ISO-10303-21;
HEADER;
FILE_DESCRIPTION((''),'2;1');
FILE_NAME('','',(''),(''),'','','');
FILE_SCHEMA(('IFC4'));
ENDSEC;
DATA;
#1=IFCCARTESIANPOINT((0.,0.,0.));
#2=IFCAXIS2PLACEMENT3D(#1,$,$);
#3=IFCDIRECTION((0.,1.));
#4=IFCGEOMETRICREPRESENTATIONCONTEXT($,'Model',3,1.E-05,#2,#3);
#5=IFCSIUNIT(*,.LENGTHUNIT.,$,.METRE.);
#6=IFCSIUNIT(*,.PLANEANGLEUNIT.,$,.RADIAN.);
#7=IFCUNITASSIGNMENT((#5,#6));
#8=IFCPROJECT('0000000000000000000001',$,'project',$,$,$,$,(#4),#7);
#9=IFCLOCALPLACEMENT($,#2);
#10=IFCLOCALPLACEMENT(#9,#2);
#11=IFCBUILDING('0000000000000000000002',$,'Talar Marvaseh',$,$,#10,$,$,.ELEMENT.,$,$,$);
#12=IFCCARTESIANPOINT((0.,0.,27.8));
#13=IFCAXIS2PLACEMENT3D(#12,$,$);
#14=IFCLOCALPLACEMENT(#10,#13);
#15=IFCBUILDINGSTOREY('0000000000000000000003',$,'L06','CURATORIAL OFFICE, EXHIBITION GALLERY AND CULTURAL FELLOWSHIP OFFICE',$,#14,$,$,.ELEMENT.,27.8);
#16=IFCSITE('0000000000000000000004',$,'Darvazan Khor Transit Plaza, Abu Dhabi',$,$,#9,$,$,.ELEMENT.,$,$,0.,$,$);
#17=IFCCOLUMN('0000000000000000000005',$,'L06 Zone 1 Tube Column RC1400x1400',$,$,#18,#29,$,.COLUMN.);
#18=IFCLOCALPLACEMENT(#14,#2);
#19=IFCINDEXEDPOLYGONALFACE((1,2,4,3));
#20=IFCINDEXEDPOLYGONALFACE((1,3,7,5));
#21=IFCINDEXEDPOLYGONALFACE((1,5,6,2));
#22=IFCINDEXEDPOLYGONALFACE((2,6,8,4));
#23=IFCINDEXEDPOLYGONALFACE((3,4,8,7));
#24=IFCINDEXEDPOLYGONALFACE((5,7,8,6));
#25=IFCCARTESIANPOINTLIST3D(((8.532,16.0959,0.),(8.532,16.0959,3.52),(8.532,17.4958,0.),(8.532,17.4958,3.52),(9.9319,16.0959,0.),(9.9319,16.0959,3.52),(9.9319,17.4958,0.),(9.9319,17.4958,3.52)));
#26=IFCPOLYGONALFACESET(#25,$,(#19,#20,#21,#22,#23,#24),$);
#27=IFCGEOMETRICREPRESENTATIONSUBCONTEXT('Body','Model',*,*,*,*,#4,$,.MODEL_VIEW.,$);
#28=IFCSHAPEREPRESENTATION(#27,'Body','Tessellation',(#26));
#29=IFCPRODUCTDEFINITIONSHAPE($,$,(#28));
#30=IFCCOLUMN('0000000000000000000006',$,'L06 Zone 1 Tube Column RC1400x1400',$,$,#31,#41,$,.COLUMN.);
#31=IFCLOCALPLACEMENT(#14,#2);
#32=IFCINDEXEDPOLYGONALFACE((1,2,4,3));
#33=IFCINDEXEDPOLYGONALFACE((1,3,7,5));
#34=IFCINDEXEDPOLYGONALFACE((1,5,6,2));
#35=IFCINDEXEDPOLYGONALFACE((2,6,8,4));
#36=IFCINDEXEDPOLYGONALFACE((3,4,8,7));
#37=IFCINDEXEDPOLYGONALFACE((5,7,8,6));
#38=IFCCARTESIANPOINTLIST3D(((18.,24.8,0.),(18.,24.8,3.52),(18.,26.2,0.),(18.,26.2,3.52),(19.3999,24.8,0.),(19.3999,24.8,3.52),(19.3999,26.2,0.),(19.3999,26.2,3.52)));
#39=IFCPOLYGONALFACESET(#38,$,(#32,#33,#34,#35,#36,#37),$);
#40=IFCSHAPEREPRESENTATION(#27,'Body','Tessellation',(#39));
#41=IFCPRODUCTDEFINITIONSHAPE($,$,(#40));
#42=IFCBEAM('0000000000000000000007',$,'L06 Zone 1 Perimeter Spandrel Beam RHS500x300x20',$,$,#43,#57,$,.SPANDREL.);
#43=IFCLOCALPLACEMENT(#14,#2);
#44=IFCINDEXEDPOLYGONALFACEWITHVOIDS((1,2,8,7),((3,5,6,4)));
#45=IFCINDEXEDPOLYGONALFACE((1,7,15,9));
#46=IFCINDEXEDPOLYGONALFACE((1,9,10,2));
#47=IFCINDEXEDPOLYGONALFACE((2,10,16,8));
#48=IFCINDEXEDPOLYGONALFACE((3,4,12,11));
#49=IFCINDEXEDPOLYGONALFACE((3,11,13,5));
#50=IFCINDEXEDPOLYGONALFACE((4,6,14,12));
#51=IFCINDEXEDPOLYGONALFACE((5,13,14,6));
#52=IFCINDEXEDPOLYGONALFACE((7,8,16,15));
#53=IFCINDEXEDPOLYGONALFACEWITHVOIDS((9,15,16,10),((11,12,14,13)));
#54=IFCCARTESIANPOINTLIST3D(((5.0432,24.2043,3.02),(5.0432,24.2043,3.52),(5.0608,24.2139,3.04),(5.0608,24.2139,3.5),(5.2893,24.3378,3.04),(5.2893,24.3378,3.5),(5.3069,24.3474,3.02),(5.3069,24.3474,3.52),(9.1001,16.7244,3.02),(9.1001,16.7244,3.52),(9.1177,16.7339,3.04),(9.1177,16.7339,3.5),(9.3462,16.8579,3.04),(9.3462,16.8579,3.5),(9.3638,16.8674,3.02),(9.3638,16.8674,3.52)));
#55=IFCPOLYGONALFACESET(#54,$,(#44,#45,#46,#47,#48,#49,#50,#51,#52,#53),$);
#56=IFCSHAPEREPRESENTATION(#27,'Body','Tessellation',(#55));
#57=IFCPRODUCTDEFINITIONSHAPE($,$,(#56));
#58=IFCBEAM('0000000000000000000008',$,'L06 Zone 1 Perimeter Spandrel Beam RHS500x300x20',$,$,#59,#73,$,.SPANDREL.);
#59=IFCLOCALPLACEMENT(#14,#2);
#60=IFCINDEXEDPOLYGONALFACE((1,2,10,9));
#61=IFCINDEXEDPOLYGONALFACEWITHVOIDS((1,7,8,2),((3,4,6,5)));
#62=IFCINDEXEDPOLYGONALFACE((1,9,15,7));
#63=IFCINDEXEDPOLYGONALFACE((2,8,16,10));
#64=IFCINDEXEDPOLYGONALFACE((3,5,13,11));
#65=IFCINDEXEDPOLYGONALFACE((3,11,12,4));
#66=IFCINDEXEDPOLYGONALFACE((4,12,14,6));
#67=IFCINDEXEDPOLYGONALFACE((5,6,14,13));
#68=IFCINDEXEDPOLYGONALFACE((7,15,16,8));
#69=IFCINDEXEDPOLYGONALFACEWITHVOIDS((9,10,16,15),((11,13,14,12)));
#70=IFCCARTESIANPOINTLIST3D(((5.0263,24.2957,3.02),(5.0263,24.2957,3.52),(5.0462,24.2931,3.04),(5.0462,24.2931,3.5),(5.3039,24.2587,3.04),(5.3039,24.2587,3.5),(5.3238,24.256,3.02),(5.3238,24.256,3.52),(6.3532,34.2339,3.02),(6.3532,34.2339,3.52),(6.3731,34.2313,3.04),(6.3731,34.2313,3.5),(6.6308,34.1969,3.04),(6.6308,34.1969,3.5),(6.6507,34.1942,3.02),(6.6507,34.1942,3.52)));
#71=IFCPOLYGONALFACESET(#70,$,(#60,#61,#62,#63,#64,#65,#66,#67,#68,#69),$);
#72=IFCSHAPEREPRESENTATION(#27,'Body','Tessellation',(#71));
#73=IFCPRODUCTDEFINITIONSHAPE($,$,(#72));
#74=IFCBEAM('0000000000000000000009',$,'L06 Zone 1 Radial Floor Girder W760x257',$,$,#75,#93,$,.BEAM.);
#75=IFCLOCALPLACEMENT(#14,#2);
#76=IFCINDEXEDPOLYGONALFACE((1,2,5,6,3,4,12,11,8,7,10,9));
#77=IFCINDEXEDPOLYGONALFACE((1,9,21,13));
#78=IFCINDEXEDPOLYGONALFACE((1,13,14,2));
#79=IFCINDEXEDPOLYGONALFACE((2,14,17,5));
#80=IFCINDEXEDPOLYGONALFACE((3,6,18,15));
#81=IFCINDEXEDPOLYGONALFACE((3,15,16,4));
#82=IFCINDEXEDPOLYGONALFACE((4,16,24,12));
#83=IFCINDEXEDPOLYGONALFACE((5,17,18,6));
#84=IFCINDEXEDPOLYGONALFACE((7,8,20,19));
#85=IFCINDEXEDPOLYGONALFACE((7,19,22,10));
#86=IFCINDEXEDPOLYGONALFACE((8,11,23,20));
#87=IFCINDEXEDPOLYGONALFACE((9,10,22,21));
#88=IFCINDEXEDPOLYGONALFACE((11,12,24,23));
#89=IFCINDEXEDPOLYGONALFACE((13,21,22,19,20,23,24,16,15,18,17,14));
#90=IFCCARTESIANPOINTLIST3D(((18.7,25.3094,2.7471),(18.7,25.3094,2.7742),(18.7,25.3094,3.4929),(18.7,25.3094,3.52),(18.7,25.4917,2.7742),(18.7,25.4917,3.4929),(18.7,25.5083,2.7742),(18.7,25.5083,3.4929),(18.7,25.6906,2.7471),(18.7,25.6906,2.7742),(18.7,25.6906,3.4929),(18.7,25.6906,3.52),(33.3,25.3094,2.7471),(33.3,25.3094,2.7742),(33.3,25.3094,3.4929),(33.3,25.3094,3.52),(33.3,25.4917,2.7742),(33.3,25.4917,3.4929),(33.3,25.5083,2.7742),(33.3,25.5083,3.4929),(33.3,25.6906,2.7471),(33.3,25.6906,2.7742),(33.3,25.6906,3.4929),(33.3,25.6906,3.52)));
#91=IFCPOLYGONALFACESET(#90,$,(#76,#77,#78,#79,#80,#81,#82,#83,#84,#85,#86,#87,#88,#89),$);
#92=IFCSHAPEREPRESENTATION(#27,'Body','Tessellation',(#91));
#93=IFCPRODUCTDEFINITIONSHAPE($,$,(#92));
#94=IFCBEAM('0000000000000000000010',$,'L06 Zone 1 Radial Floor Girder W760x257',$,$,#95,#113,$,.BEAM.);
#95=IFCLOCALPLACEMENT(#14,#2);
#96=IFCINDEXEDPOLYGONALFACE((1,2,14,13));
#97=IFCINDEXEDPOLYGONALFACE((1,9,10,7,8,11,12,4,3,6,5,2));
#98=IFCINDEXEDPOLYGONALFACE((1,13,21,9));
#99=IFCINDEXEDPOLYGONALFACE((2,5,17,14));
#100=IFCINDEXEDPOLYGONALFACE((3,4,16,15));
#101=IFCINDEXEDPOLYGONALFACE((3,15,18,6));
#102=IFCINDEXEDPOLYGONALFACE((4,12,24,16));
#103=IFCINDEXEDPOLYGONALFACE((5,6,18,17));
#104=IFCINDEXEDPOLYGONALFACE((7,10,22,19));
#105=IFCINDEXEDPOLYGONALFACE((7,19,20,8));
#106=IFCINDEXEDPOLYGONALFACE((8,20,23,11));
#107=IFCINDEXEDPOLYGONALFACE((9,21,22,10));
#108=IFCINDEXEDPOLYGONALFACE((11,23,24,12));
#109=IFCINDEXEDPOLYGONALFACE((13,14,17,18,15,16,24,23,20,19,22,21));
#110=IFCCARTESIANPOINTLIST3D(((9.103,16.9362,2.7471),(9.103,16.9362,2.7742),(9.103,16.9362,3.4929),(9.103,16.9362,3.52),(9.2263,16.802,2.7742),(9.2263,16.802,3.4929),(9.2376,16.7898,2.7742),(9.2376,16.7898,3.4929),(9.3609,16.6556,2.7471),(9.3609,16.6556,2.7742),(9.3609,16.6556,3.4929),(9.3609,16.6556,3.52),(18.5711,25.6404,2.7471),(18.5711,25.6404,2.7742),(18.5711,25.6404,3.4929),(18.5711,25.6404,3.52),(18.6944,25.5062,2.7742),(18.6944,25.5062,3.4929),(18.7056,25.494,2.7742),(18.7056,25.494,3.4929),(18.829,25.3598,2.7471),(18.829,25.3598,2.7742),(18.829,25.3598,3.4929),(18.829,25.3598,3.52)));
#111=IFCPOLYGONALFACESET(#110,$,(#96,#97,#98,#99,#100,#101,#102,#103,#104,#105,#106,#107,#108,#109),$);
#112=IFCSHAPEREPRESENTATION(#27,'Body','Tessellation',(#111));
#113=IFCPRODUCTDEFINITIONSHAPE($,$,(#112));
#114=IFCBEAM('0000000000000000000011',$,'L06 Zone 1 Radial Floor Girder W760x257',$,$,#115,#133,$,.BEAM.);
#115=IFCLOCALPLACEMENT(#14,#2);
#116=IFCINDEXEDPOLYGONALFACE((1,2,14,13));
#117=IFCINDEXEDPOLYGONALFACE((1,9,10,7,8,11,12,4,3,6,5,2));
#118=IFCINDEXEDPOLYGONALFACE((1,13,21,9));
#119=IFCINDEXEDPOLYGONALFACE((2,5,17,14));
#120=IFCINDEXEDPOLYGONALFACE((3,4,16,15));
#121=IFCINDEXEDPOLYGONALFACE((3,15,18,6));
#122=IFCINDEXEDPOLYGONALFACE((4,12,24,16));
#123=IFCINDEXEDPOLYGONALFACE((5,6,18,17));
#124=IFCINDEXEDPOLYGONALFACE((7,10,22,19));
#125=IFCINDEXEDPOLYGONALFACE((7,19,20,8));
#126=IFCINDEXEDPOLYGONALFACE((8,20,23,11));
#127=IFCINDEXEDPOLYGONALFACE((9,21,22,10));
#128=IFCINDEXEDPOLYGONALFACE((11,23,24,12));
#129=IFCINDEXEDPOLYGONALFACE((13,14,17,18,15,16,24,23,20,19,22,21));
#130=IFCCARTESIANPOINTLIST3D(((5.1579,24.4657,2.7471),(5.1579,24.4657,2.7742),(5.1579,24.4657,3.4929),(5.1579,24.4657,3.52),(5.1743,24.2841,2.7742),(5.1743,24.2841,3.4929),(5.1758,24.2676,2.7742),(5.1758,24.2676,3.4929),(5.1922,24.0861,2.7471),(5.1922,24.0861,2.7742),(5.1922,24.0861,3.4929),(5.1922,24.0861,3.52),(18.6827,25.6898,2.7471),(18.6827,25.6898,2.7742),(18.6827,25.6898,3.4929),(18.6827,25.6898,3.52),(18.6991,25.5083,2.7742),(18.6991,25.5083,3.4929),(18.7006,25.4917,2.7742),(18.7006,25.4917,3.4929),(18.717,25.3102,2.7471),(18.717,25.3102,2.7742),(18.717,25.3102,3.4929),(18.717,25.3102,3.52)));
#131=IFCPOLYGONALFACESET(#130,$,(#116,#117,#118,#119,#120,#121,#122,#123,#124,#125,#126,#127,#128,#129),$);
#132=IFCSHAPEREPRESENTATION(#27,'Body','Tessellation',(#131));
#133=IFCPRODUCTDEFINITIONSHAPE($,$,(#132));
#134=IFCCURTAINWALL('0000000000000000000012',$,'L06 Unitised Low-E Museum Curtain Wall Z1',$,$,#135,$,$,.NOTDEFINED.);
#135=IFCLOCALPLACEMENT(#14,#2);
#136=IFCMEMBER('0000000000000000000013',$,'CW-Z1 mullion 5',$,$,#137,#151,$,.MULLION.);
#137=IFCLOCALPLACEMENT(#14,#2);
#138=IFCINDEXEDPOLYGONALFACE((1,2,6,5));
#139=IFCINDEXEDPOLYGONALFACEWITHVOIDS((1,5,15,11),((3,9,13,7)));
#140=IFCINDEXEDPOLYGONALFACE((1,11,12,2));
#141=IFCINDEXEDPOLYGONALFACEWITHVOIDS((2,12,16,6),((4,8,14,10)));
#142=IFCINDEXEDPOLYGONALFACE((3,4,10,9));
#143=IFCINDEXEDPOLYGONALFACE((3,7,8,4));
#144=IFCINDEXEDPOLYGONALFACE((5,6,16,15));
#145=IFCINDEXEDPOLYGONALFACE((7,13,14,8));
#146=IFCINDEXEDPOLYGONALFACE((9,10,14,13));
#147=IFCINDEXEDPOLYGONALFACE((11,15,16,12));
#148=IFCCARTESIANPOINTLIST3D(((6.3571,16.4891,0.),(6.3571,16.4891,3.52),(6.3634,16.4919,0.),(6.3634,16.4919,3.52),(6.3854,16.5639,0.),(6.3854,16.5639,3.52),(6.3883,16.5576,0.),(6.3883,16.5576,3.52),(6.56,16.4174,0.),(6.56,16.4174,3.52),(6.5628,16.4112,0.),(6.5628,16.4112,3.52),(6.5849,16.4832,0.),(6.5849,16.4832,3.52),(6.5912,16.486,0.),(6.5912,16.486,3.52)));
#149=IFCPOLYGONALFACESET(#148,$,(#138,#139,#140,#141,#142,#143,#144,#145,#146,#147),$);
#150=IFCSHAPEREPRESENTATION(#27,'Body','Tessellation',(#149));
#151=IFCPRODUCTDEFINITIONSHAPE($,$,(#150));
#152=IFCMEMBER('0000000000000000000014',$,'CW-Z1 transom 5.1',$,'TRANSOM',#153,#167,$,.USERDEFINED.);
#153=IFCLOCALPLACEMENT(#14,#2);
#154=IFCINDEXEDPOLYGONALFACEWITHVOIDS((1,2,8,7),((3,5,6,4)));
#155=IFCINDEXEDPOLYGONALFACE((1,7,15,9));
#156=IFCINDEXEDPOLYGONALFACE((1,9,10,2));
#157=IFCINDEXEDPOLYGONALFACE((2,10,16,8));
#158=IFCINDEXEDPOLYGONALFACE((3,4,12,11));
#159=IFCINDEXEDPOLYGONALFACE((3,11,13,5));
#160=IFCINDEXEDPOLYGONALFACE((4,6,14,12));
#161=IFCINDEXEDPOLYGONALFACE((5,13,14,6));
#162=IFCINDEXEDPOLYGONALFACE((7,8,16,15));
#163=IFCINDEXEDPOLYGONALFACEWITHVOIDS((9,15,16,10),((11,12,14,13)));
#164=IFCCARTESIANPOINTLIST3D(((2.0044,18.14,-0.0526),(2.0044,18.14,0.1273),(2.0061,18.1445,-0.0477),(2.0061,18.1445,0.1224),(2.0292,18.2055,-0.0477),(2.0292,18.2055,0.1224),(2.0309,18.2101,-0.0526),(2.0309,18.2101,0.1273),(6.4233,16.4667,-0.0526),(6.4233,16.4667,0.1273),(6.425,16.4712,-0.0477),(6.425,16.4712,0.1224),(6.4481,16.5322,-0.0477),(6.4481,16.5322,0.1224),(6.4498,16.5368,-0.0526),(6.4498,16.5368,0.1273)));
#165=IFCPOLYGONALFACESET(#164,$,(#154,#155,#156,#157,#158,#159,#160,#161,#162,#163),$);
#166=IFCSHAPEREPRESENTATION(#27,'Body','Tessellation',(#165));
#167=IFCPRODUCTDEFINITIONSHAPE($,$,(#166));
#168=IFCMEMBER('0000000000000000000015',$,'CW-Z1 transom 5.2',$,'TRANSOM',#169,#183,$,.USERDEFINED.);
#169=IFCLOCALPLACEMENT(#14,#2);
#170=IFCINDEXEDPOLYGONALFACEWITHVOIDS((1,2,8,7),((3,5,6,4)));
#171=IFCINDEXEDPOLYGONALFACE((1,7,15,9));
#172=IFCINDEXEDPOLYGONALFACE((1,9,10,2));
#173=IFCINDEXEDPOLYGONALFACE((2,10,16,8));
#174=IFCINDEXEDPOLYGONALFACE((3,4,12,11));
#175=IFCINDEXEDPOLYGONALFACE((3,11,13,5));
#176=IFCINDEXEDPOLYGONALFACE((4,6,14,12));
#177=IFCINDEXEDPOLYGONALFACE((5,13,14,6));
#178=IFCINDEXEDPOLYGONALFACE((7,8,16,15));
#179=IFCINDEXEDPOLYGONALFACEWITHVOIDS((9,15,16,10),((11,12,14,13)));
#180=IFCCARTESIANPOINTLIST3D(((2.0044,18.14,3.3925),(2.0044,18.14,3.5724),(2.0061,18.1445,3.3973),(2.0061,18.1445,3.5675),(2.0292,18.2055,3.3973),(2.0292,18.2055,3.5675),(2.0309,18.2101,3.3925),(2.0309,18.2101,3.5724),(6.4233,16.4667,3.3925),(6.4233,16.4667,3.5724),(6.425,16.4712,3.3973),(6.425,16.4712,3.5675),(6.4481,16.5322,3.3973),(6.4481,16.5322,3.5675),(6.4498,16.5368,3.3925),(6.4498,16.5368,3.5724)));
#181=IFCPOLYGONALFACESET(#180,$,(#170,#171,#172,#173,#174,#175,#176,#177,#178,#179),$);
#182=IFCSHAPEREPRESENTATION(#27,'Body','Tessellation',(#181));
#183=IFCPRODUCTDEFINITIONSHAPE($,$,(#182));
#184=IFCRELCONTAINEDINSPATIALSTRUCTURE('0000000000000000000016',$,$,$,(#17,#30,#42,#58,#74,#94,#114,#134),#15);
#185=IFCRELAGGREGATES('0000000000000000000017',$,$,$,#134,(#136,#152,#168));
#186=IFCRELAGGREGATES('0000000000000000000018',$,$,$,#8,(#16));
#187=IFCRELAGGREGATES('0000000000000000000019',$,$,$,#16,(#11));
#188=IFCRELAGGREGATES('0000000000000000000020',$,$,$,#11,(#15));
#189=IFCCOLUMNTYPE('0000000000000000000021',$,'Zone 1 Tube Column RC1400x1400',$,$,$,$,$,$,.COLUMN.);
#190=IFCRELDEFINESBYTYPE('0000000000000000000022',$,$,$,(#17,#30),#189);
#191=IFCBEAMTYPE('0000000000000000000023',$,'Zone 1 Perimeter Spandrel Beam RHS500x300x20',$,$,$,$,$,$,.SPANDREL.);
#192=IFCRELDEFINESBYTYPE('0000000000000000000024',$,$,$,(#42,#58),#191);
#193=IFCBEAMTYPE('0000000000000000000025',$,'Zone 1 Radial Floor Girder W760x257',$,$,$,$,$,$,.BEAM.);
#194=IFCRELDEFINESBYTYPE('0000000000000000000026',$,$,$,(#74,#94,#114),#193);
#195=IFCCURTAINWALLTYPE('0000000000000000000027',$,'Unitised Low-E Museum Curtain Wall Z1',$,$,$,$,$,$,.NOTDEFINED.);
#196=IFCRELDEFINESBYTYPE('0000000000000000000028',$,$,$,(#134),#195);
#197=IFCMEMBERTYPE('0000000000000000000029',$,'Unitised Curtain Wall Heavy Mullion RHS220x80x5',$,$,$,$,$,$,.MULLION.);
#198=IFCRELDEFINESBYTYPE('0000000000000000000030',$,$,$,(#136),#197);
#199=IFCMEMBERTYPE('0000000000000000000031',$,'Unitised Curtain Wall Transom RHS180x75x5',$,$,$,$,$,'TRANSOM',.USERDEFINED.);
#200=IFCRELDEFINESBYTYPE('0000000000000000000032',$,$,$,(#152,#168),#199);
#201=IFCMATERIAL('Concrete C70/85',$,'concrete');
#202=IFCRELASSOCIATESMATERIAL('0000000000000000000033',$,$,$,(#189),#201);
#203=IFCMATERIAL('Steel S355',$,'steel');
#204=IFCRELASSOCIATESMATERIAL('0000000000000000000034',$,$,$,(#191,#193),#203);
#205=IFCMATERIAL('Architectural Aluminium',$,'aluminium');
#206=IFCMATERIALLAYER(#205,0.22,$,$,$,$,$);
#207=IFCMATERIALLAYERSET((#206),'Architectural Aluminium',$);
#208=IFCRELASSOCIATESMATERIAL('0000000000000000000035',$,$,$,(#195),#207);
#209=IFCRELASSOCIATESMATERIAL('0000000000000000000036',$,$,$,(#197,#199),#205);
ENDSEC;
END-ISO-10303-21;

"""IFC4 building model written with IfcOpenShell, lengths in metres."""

from ifc_helpers import new_model, si_unit, direction, frame, origin, origin_2d, place, context, subcontext, project, spatial, rectangle, hollow_rectangle, i_section, extrude, source, transform, mapped, material, layer, layer_set, material_profile, profile_set, type_object, type_shapes, element, aggregate, save


model = new_model("IFC4")

# Units and contexts
model_context = context("Model", 3, precision=1e-05, world=origin(), true_north=direction((0.0, 1.0)))
body_context = subcontext(model_context, "Body", "Model", "MODEL_VIEW")
ifc_project = project(units=[si_unit("LENGTHUNIT", "METRE"), si_unit("PLANEANGLEUNIT", "RADIAN")], contexts=[model_context])

# Site, building, storey
site_placement = place(None, origin())
site = spatial("IfcSite", under=ifc_project, at=site_placement, Name="Darvazan Khor Transit Plaza, Abu Dhabi", CompositionType="ELEMENT", RefElevation=0.0)
building_placement = place(site_placement, origin())
building = spatial("IfcBuilding", under=site, at=building_placement, Name="Talar Marvaseh", CompositionType="ELEMENT")
storey_placement = place(building_placement, frame((0.0, 0.0, 27.8)))
storey = spatial("IfcBuildingStorey", under=building, at=storey_placement, Name="L06", Description="CURATORIAL OFFICE, EXHIBITION GALLERY AND CULTURAL FELLOWSHIP OFFICE", CompositionType="ELEMENT", Elevation=27.8)

# Columns
ifc_material_1 = material(Name="Concrete C70/85", Category="concrete")
ifc_material_profile_1 = material_profile(ifc_material_1, rectangle(XDim=1.3999, YDim=1.3999, at=origin_2d()), Name="RC1400x1400")
ifc_profile_set_1 = profile_set([ifc_material_profile_1], Name="Concrete C70/85")
column_type = type_object("IfcColumnType", Name="Zone 1 Tube Column RC1400x1400", PredefinedType="COLUMN", material=ifc_profile_set_1)
for number, where, z_axis, x_axis, name in (
    (1, (9.2319, 16.7959, 0.0), (0.0, 0.0, 1.0), (1.0, 0.0, 0.0), "L06 Zone 1 Tube Column RC1400x1400"),
    (2, (18.7, 25.5, 0.0), (0.0, 0.0, 1.0), (1.0, 0.0, 0.0), "L06 Zone 1 Tube Column RC1400x1400"),
):
    element("IfcColumn", number, at=place(storey_placement, frame(where, z_axis=z_axis, x_axis=x_axis)), inside=storey, type_object=column_type, Name=name, PredefinedType="COLUMN", context=body_context, shape_type="SweptSolid", body=[
        extrude(rectangle(XDim=1.3999, YDim=1.3999, at=origin_2d()), origin(), (0.0, 0.0, 1.0), 3.52),
    ])

# Beams
ifc_material_2 = material(Name="Steel S355", Category="steel")
ifc_material_profile_2 = material_profile(ifc_material_2, hollow_rectangle(XDim=0.3, YDim=0.5, WallThickness=0.02, at=origin_2d()), Name="RHS500x300x20")
ifc_profile_set_2 = profile_set([ifc_material_profile_2], Name="Steel S355")
beam_type_1 = type_object("IfcBeamType", Name="Zone 1 Perimeter Spandrel Beam RHS500x300x20", PredefinedType="SPANDREL", material=ifc_profile_set_2)
beam_1_placement = place(storey_placement, frame((9.2319, 16.7959, 3.27), z_axis=(-0.476758, 0.879035, 0.0), x_axis=(-0.879035, -0.476758, 0.0)))
element("IfcBeam", 3, at=beam_1_placement, inside=storey, type_object=beam_type_1, Name="L06 Zone 1 Perimeter Spandrel Beam RHS500x300x20", PredefinedType="SPANDREL", context=body_context, shape_type="SweptSolid", body=[
    extrude(hollow_rectangle(XDim=0.3, YDim=0.5, WallThickness=0.02, at=origin_2d()), origin(), (0.0, 0.0, 1.0), 8.5093),
])
beam_2_placement = place(storey_placement, frame((5.175, 24.2759, 3.27), z_axis=(0.132341, 0.991204, 0.0), x_axis=(-0.991204, 0.132341, 0.0)))
element("IfcBeam", 4, at=beam_2_placement, inside=storey, type_object=beam_type_1, Name="L06 Zone 1 Perimeter Spandrel Beam RHS500x300x20", PredefinedType="SPANDREL", context=body_context, shape_type="SweptSolid", body=[
    extrude(hollow_rectangle(XDim=0.3, YDim=0.5, WallThickness=0.02, at=origin_2d()), origin(), (0.0, 0.0, 1.0), 10.0264),
])
ifc_material_profile_3 = material_profile(ifc_material_2, i_section(OverallWidth=0.3811, OverallDepth=0.7729, WebThickness=0.0166, FlangeThickness=0.0271, at=origin_2d()), Name="W760x257")
ifc_profile_set_3 = profile_set([ifc_material_profile_3], Name="Steel S355")
beam_type_2 = type_object("IfcBeamType", Name="Zone 1 Radial Floor Girder W760x257", PredefinedType="BEAM", material=ifc_profile_set_3)
beam_3_placement = place(storey_placement, frame((18.7, 25.5, 3.1335), z_axis=(1.0, 0.0, 0.0), x_axis=(0.0, 1.0, 0.0)))
element("IfcBeam", 5, at=beam_3_placement, inside=storey, type_object=beam_type_2, Name="L06 Zone 1 Radial Floor Girder W760x257", PredefinedType="BEAM", context=body_context, shape_type="SweptSolid", body=[
    extrude(i_section(OverallWidth=0.3811, OverallDepth=0.7729, WebThickness=0.0166, FlangeThickness=0.0271, at=origin_2d()), origin(), (0.0, 0.0, 1.0), 14.6001),
])
beam_4_placement = place(storey_placement, frame((9.2319, 16.7959, 3.1335), z_axis=(0.736182, 0.676784, 0.0), x_axis=(-0.676784, 0.736182, 0.0)))
element("IfcBeam", 6, at=beam_4_placement, inside=storey, type_object=beam_type_2, Name="L06 Zone 1 Radial Floor Girder W760x257", PredefinedType="BEAM", context=body_context, shape_type="SweptSolid", body=[
    extrude(i_section(OverallWidth=0.3811, OverallDepth=0.7729, WebThickness=0.0166, FlangeThickness=0.0271, at=origin_2d()), origin(), (0.0, 0.0, 1.0), 12.8611),
])
beam_5_placement = place(storey_placement, frame((5.175, 24.2759, 3.1335), z_axis=(0.995929, 0.09014, 0.0), x_axis=(-0.09014, 0.995929, 0.0)))
element("IfcBeam", 7, at=beam_5_placement, inside=storey, type_object=beam_type_2, Name="L06 Zone 1 Radial Floor Girder W760x257", PredefinedType="BEAM", context=body_context, shape_type="SweptSolid", body=[
    extrude(i_section(OverallWidth=0.3811, OverallDepth=0.7729, WebThickness=0.0166, FlangeThickness=0.0271, at=origin_2d()), origin(), (0.0, 0.0, 1.0), 13.5801),
])

# Curtain wall, members
ifc_material_3 = material(Name="Architectural Aluminium", Category="aluminium")
ifc_layer_1 = layer(ifc_material_3, 0.22)
ifc_layer_set_1 = layer_set([ifc_layer_1], Name="Architectural Aluminium")
curtain_wall_type = type_object("IfcCurtainWallType", Name="Unitised Low-E Museum Curtain Wall Z1", PredefinedType="NOTDEFINED", material=ifc_layer_set_1)
curtain_wall_placement = place(storey_placement, origin())
curtain_wall = element("IfcCurtainWall", 8, at=curtain_wall_placement, inside=storey, type_object=curtain_wall_type, Name="L06 Unitised Low-E Museum Curtain Wall Z1", PredefinedType="NOTDEFINED")
ifc_material_profile_4 = material_profile(ifc_material_3, hollow_rectangle(XDim=0.0801, YDim=0.22, WallThickness=0.0049, at=origin_2d()), Name="RHS220x80x5")
ifc_profile_set_4 = profile_set([ifc_material_profile_4], Name="Architectural Aluminium")
member_type_1 = type_object("IfcMemberType", Name="Unitised Curtain Wall Heavy Mullion RHS220x80x5", PredefinedType="MULLION", material=ifc_profile_set_4)
shared_shape_1 = source(origin(), body_context, "Body", "SweptSolid", [
    extrude(hollow_rectangle(XDim=0.0801, YDim=0.22, WallThickness=0.0049, at=origin_2d()), origin(), (0.0, 0.0, 1.0), 3.52),
])
type_shapes(member_type_1, [shared_shape_1])
member_1_placement = place(storey_placement, frame((6.4741, 16.4875, 0.0), z_axis=(0.0, 0.0, 1.0), x_axis=(-0.354147, -0.93519, 0.0)))
member_1 = element("IfcMember", 9, at=member_1_placement, type_object=member_type_1, Name="CW-Z1 mullion 5", PredefinedType="MULLION", context=body_context, shape_type="MappedRepresentation", body=[
    mapped(shared_shape_1, transform((0.0, 0.0, 0.0), x_axis=(1.0, 0.0, 0.0), y_axis=(0.0, 1.0, 0.0), z_axis=(0.0, 0.0, 1.0), scale=1.0)),
])
ifc_material_profile_5 = material_profile(ifc_material_3, hollow_rectangle(XDim=0.075, YDim=0.1799, WallThickness=0.0049, at=origin_2d()), Name="RHS180x75x5")
ifc_profile_set_5 = profile_set([ifc_material_profile_5], Name="Architectural Aluminium")
member_type_2 = type_object("IfcMemberType", Name="Unitised Curtain Wall Transom RHS180x75x5", ElementType="TRANSOM", PredefinedType="USERDEFINED", material=ifc_profile_set_5)
shared_shape_2 = source(origin(), body_context, "Body", "SweptSolid", [
    extrude(hollow_rectangle(XDim=0.075, YDim=0.1799, WallThickness=0.0049, at=origin_2d()), origin(), (0.0, 0.0, 1.0), 4.7251),
])
type_shapes(member_type_2, [shared_shape_2])
member_2_placement = place(storey_placement, frame((6.4365, 16.5017, 0.0374), z_axis=(-0.935195, 0.354134, 0.0), x_axis=(-0.354134, -0.935195, 0.0)))
member_2 = element("IfcMember", 10, at=member_2_placement, type_object=member_type_2, Name="CW-Z1 transom 5.1", ObjectType="TRANSOM", PredefinedType="USERDEFINED", context=body_context, shape_type="MappedRepresentation", body=[
    mapped(shared_shape_2, transform((0.0, 0.0, 0.0), x_axis=(1.0, 0.0, 0.0), y_axis=(0.0, 1.0, 0.0), z_axis=(0.0, 0.0, 1.0), scale=1.0)),
])
member_3_placement = place(storey_placement, frame((6.4365, 16.5017, 3.4824), z_axis=(-0.935195, 0.354134, 0.0), x_axis=(-0.354134, -0.935195, 0.0)))
member_3 = element("IfcMember", 11, at=member_3_placement, type_object=member_type_2, Name="CW-Z1 transom 5.2", ObjectType="TRANSOM", PredefinedType="USERDEFINED", context=body_context, shape_type="MappedRepresentation", body=[
    mapped(shared_shape_2, transform((0.0, 0.0, 0.0), x_axis=(1.0, 0.0, 0.0), y_axis=(0.0, 1.0, 0.0), z_axis=(0.0, 0.0, 1.0), scale=1.0)),
])
aggregate(curtain_wall, [member_1, member_2, member_3])

save(model, "model.ifc")
